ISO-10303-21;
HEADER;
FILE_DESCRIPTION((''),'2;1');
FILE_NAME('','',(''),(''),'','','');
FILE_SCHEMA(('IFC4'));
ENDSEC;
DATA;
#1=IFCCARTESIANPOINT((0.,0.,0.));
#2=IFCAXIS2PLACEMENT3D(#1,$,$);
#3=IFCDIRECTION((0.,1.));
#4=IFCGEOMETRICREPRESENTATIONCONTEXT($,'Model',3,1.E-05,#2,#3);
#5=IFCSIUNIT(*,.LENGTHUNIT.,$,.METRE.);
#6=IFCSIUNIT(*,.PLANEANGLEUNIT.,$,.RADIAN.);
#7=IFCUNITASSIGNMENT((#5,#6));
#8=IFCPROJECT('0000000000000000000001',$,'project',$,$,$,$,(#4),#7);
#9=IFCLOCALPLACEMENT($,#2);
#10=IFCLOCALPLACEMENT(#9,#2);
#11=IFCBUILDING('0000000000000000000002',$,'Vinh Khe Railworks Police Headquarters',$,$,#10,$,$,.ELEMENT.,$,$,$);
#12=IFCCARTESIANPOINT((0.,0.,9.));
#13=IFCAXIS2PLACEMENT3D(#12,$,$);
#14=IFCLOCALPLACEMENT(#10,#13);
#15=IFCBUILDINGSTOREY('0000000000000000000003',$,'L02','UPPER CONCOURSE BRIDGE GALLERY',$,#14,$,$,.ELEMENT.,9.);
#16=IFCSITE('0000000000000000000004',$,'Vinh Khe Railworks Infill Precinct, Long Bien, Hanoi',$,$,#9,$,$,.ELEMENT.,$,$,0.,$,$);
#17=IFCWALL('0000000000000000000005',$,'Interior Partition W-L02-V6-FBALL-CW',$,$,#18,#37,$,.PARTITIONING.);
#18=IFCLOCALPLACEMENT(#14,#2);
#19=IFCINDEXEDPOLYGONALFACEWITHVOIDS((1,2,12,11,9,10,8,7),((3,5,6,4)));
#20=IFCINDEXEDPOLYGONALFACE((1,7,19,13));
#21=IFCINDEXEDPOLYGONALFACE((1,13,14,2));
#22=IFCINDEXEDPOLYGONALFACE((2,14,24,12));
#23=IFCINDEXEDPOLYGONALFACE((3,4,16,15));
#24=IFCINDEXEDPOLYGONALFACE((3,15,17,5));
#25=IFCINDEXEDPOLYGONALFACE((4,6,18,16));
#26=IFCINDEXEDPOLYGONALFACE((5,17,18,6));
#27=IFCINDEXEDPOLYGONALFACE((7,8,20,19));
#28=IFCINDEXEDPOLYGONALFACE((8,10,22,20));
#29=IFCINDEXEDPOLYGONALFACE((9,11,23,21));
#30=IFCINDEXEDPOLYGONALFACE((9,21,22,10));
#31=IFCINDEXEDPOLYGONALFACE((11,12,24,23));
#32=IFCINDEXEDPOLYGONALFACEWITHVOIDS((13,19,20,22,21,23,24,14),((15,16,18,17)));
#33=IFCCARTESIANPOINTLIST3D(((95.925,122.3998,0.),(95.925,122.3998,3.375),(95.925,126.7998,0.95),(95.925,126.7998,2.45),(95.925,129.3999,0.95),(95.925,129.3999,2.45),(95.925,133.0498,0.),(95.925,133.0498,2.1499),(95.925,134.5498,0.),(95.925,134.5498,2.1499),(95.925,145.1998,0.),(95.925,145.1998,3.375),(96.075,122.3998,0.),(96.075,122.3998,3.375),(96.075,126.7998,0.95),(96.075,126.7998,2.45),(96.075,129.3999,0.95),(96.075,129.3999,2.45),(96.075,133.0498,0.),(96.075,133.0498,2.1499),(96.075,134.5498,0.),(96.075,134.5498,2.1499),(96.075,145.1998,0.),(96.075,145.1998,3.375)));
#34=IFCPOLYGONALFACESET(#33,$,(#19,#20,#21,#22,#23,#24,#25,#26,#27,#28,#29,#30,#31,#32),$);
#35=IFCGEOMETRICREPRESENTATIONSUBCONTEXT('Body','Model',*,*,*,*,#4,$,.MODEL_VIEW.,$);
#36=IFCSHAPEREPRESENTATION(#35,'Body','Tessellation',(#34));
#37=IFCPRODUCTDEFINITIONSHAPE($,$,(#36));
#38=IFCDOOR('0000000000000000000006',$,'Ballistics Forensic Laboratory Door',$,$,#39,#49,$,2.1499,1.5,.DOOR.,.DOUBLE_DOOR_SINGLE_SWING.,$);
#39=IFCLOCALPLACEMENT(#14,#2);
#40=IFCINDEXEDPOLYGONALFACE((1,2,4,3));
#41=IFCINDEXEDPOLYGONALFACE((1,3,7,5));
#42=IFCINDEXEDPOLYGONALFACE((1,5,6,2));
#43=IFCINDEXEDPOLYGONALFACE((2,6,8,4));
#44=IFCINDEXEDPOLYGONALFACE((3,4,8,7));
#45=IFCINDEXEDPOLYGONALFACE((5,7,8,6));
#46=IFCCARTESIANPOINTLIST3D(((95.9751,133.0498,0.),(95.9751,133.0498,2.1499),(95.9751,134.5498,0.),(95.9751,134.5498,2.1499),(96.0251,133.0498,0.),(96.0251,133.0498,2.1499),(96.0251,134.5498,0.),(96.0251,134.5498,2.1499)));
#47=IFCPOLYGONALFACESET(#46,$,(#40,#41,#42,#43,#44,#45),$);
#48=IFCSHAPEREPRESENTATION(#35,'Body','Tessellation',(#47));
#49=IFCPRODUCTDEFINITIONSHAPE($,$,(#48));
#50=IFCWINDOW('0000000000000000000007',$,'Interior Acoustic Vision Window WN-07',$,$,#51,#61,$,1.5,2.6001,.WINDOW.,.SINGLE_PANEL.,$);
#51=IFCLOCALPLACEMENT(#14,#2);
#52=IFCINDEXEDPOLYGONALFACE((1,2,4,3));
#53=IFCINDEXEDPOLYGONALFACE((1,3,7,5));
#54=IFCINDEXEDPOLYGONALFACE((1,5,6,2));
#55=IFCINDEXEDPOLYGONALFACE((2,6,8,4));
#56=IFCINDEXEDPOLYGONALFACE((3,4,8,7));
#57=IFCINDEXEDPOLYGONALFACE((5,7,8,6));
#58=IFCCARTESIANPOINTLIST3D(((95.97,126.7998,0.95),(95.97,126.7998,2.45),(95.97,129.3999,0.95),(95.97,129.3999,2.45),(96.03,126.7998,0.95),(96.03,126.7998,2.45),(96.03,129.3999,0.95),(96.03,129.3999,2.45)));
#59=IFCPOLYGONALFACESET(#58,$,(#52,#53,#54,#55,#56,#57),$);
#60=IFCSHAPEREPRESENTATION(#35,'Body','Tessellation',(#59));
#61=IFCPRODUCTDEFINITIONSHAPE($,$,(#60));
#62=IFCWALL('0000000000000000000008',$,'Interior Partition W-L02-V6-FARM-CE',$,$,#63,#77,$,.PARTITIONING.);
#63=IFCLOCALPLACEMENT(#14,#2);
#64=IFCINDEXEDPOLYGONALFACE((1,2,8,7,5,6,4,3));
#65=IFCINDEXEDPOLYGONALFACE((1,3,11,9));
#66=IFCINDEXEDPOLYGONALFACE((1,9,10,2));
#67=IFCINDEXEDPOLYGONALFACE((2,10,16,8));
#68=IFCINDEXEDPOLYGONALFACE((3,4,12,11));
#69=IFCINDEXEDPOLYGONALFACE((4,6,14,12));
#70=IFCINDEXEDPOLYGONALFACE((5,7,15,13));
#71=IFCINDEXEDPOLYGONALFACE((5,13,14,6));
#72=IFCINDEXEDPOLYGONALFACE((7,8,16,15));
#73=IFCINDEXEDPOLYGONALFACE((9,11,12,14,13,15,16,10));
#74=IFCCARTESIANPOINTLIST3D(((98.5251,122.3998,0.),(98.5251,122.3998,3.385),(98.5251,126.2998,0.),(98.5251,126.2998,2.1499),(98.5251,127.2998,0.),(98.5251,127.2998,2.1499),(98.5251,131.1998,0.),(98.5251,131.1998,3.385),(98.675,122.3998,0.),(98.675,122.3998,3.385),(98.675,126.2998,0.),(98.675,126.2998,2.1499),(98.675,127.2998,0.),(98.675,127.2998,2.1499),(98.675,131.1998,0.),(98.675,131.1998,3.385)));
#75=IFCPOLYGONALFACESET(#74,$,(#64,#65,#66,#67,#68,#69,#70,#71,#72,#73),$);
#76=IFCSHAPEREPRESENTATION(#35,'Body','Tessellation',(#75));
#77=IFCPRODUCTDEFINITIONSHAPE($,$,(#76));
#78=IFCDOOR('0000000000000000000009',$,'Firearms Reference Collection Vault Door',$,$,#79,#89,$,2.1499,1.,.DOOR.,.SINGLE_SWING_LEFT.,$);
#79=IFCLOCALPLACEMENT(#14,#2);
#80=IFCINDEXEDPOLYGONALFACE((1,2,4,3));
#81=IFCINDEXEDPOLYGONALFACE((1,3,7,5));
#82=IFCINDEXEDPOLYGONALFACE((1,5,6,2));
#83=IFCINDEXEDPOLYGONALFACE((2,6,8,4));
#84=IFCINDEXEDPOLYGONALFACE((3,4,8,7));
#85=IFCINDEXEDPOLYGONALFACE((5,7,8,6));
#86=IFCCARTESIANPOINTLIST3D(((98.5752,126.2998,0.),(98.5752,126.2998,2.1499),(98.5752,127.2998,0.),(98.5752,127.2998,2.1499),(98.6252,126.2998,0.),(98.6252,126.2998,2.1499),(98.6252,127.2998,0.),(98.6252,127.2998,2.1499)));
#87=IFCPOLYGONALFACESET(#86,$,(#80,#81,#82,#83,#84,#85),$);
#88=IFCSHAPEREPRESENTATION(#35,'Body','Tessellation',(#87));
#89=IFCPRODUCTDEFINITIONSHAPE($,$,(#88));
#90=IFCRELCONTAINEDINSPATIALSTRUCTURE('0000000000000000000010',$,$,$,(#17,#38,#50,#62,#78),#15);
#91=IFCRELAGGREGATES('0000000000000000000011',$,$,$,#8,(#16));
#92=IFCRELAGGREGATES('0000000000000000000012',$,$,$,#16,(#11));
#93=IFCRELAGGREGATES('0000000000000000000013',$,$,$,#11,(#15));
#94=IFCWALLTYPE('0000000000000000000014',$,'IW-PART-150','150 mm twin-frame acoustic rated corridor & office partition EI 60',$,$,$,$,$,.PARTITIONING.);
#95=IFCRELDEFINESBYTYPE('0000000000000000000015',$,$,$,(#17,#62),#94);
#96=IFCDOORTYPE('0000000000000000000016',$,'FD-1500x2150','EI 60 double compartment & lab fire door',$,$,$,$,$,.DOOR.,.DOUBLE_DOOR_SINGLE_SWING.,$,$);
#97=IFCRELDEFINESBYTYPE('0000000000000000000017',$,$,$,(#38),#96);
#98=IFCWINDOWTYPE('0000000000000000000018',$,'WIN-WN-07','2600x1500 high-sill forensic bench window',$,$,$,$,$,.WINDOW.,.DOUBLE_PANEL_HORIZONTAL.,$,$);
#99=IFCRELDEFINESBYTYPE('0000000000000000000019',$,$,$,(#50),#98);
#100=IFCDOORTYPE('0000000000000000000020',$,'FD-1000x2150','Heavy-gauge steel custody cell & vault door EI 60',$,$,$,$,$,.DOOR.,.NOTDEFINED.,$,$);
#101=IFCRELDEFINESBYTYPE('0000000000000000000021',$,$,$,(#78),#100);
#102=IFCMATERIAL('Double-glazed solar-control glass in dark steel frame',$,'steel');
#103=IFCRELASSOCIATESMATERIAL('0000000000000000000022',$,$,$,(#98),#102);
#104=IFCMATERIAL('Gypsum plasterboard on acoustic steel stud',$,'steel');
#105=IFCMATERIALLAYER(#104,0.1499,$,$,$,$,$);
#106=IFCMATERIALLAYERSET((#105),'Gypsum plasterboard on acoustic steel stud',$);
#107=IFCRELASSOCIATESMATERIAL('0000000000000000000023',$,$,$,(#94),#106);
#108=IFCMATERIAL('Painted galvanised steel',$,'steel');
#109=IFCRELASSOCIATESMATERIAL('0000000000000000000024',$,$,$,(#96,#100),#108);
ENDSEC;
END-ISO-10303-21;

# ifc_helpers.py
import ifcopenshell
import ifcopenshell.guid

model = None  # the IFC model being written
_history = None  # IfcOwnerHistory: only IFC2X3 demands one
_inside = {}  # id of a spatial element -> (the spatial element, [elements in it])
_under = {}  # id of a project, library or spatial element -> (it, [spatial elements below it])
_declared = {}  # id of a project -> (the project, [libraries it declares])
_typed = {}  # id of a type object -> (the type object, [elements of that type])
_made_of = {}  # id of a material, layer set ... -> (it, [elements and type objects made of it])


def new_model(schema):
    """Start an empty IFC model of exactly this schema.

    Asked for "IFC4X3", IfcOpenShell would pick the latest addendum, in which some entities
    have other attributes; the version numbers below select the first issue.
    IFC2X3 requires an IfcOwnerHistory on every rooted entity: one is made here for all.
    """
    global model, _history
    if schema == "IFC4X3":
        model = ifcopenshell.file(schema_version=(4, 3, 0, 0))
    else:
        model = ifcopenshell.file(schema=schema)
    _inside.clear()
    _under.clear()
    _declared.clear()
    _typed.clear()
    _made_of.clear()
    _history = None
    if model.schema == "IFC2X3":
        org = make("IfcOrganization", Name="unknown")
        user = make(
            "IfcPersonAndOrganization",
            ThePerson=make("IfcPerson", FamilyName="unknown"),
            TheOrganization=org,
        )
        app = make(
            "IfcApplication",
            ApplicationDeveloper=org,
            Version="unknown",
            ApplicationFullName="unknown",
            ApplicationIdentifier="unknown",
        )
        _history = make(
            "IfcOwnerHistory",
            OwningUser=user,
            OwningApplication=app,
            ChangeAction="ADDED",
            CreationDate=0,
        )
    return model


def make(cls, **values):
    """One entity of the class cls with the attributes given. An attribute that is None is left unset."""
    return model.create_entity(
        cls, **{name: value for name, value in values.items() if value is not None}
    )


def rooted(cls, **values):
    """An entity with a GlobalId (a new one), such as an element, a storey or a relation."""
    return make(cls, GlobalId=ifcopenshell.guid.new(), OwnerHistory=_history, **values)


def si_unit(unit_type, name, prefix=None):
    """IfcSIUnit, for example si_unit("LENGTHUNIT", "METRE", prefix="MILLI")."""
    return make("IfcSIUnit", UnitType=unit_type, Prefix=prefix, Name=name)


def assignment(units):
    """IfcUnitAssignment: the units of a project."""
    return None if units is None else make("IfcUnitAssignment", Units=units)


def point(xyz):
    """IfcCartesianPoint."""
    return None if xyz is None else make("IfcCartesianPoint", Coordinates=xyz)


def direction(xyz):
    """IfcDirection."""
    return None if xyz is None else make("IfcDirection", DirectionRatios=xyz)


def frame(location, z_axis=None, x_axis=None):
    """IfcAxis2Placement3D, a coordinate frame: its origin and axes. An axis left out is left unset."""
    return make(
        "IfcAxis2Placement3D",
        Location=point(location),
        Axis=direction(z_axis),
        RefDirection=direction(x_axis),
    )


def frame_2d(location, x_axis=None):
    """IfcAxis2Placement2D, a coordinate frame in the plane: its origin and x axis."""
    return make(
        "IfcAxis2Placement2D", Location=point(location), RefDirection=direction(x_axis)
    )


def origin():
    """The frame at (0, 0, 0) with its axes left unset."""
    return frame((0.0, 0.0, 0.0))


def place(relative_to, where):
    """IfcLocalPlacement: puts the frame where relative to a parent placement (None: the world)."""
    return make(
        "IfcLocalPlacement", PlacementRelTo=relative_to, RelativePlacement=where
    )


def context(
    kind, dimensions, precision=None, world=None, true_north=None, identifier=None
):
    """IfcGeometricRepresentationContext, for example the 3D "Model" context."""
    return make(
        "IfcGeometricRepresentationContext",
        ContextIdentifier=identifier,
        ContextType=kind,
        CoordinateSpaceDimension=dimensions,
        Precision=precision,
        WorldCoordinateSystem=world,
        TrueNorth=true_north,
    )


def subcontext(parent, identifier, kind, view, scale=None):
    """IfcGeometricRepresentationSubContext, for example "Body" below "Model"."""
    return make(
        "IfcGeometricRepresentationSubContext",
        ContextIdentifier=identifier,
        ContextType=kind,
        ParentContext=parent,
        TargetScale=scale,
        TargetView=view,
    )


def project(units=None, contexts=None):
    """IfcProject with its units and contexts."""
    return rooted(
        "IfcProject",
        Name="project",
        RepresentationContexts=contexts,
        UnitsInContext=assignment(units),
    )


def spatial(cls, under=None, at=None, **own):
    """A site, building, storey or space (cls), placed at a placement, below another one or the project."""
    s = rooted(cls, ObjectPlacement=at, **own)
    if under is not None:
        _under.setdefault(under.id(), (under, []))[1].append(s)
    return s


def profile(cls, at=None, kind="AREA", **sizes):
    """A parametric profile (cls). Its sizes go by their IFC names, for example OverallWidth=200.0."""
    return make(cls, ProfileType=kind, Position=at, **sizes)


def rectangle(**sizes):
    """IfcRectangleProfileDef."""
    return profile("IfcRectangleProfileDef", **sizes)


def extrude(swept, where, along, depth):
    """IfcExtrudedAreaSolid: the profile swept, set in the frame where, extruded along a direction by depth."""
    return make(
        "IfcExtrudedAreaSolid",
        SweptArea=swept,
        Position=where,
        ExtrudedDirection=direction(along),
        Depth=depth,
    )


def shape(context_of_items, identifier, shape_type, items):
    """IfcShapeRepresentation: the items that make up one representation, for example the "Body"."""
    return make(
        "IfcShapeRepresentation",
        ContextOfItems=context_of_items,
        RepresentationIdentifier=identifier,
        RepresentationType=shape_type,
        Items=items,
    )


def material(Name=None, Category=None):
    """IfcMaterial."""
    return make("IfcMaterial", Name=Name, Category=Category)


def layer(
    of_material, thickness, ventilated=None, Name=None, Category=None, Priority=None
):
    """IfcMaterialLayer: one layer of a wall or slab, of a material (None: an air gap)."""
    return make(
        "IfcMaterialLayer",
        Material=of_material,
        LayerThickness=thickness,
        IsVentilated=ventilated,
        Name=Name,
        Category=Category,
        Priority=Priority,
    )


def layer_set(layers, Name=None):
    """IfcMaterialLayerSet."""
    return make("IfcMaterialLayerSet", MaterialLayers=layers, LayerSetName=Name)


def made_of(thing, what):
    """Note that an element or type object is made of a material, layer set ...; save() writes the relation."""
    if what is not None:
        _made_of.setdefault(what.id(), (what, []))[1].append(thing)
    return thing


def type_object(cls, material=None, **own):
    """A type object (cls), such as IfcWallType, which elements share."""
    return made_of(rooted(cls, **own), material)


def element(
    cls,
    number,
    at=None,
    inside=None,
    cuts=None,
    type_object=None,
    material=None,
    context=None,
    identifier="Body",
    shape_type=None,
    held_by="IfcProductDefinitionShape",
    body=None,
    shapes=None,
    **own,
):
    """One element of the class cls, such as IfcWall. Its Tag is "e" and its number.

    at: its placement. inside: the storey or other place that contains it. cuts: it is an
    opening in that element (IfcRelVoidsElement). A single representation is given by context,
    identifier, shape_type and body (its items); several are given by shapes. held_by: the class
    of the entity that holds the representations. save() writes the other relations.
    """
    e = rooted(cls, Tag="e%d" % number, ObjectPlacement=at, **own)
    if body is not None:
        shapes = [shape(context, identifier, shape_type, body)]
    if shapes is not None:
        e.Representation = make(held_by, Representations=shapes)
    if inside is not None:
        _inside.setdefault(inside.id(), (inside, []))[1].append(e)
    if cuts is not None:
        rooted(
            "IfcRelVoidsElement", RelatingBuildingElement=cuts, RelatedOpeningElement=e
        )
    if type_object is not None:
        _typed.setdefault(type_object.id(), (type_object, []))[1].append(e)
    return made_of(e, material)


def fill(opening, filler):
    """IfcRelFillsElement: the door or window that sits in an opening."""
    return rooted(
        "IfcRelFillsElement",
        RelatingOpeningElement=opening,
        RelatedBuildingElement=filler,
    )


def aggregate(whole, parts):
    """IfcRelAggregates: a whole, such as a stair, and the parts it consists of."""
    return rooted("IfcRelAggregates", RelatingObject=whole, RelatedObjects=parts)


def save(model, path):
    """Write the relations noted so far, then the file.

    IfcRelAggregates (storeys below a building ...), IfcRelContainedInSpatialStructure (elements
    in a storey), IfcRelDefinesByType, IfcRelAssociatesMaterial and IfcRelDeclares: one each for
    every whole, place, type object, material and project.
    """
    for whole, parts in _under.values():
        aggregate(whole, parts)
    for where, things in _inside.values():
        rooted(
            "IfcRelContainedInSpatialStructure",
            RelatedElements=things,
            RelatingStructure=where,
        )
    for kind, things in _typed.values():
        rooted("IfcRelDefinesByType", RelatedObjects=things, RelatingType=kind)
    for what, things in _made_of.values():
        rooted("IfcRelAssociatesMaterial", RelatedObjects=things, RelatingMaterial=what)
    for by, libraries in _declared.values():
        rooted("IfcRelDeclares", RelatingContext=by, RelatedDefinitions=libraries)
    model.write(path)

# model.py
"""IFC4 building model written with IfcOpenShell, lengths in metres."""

from ifc_helpers import new_model, si_unit, direction, frame, frame_2d, origin, place, context, subcontext, project, spatial, rectangle, extrude, material, layer, layer_set, type_object, element, fill, save


model = new_model("IFC4")

# Units and contexts
model_context = context("Model", 3, precision=1e-05, world=origin(), true_north=direction((0.0, 1.0)))
body_context = subcontext(model_context, "Body", "Model", "MODEL_VIEW")
ifc_project = project(units=[si_unit("LENGTHUNIT", "METRE"), si_unit("PLANEANGLEUNIT", "RADIAN")], contexts=[model_context])

# Site, building, storey
site_placement = place(None, origin())
site = spatial("IfcSite", under=ifc_project, at=site_placement, Name="Vinh Khe Railworks Infill Precinct, Long Bien, Hanoi", CompositionType="ELEMENT", RefElevation=0.0)
building_placement = place(site_placement, origin())
building = spatial("IfcBuilding", under=site, at=building_placement, Name="Vinh Khe Railworks Police Headquarters", CompositionType="ELEMENT")
storey_placement = place(building_placement, frame((0.0, 0.0, 9.0)))
storey = spatial("IfcBuildingStorey", under=building, at=storey_placement, Name="L02", Description="UPPER CONCOURSE BRIDGE GALLERY", CompositionType="ELEMENT", Elevation=9.0)

# Shared definitions
ifc_material_1 = material(Name="Double-glazed solar-control glass in dark steel frame", Category="steel")
window_type = type_object("IfcWindowType", Name="WIN-WN-07", Description="2600x1500 high-sill forensic bench window", PartitioningType="DOUBLE_PANEL_HORIZONTAL", PredefinedType="WINDOW", material=ifc_material_1)

# Wall, openings, door, window
ifc_material_2 = material(Name="Gypsum plasterboard on acoustic steel stud", Category="steel")
ifc_layer_1 = layer(ifc_material_2, 0.1499)
ifc_layer_set_1 = layer_set([ifc_layer_1], Name="Gypsum plasterboard on acoustic steel stud")
wall_type_1 = type_object("IfcWallType", Name="IW-PART-150", Description="150 mm twin-frame acoustic rated corridor & office partition EI 60", PredefinedType="PARTITIONING", material=ifc_layer_set_1)
wall_1_placement = place(storey_placement, frame((96.0, 122.3999, 0.0), z_axis=(0.0, 0.0, 1.0), x_axis=(0.0, 1.0, 0.0)))
wall_1 = element("IfcWall", 1, at=wall_1_placement, inside=storey, type_object=wall_type_1, Name="Interior Partition W-L02-V6-FBALL-CW", PredefinedType="PARTITIONING", context=body_context, shape_type="SweptSolid", body=[
    extrude(rectangle(XDim=22.8, YDim=0.1499, at=frame_2d((11.3999, 0.0))), origin(), (0.0, 0.0, 1.0), 3.375),
])
opening_1_placement = place(wall_1_placement, frame((10.6499, 0.0, 0.0)))
opening_1 = element("IfcOpeningElement", 2, at=opening_1_placement, cuts=wall_1, PredefinedType="OPENING", context=body_context, shape_type="SweptSolid", body=[
    extrude(rectangle(XDim=1.5, YDim=2.1499, at=frame_2d((0.75, 1.075))), frame((0.0, 0.0898, 0.0), z_axis=(0.0, -1.0, 0.0), x_axis=(1.0, 0.0, 0.0)), (0.0, 0.0, 1.0), 0.1797),
])
opening_2_placement = place(wall_1_placement, frame((4.3999, 0.0, 0.95)))
opening_2 = element("IfcOpeningElement", 3, at=opening_2_placement, cuts=wall_1, PredefinedType="OPENING", context=body_context, shape_type="SweptSolid", body=[
    extrude(rectangle(XDim=2.6001, YDim=1.5, at=frame_2d((1.3, 0.75))), frame((0.0, 0.0898, 0.0), z_axis=(0.0, -1.0, 0.0), x_axis=(1.0, 0.0, 0.0)), (0.0, 0.0, 1.0), 0.1797),
])
ifc_material_3 = material(Name="Painted galvanised steel", Category="steel")
door_type_1 = type_object("IfcDoorType", Name="FD-1500x2150", Description="EI 60 double compartment & lab fire door", OperationType="DOUBLE_DOOR_SINGLE_SWING", PredefinedType="DOOR", material=ifc_material_3)
door_1_placement = place(opening_1_placement, origin())
door_1 = element("IfcDoor", 4, at=door_1_placement, inside=storey, type_object=door_type_1, Name="Ballistics Forensic Laboratory Door", OperationType="DOUBLE_DOOR_SINGLE_SWING", OverallHeight=2.1499, OverallWidth=1.5, PredefinedType="DOOR", context=body_context, shape_type="SweptSolid", body=[
    extrude(rectangle(XDim=1.5, YDim=2.1499, at=frame_2d((0.75, 1.075))), frame((0.0, 0.0249, 0.0), z_axis=(0.0, -1.0, 0.0), x_axis=(1.0, 0.0, 0.0)), (0.0, 0.0, 1.0), 0.05),
])
fill(opening_1, door_1)
window_1_placement = place(opening_2_placement, origin())
window_1 = element("IfcWindow", 5, at=window_1_placement, inside=storey, type_object=window_type, Name="Interior Acoustic Vision Window WN-07", OverallHeight=1.5, OverallWidth=2.6001, PartitioningType="SINGLE_PANEL", PredefinedType="WINDOW", context=body_context, shape_type="SweptSolid", body=[
    extrude(rectangle(XDim=2.6001, YDim=1.5, at=frame_2d((1.3, 0.75))), frame((0.0, 0.03, 0.0), z_axis=(0.0, -1.0, 0.0), x_axis=(1.0, 0.0, 0.0)), (0.0, 0.0, 1.0), 0.0601),
])
fill(opening_2, window_1)

# Wall, opening, door
wall_2_placement = place(storey_placement, frame((98.6001, 122.3999, 0.0), z_axis=(0.0, 0.0, 1.0), x_axis=(0.0, 1.0, 0.0)))
wall_2 = element("IfcWall", 6, at=wall_2_placement, inside=storey, type_object=wall_type_1, Name="Interior Partition W-L02-V6-FARM-CE", PredefinedType="PARTITIONING", context=body_context, shape_type="SweptSolid", body=[
    extrude(rectangle(XDim=8.8, YDim=0.1499, at=frame_2d((4.3999, 0.0))), origin(), (0.0, 0.0, 1.0), 3.385),
])
opening_3_placement = place(wall_2_placement, frame((3.8999, 0.0, 0.0)))
opening_3 = element("IfcOpeningElement", 7, at=opening_3_placement, cuts=wall_2, PredefinedType="OPENING", context=body_context, shape_type="SweptSolid", body=[
    extrude(rectangle(XDim=1.0, YDim=2.1499, at=frame_2d((0.5, 1.075))), frame((0.0, 0.0898, 0.0), z_axis=(0.0, -1.0, 0.0), x_axis=(1.0, 0.0, 0.0)), (0.0, 0.0, 1.0), 0.1797),
])
door_type_2 = type_object("IfcDoorType", Name="FD-1000x2150", Description="Heavy-gauge steel custody cell & vault door EI 60", OperationType="NOTDEFINED", PredefinedType="DOOR", material=ifc_material_3)
door_2_placement = place(opening_3_placement, origin())
door_2 = element("IfcDoor", 8, at=door_2_placement, inside=storey, type_object=door_type_2, Name="Firearms Reference Collection Vault Door", OperationType="SINGLE_SWING_LEFT", OverallHeight=2.1499, OverallWidth=1.0, PredefinedType="DOOR", context=body_context, shape_type="SweptSolid", body=[
    extrude(rectangle(XDim=1.0, YDim=2.1499, at=frame_2d((0.5, 1.075))), frame((0.0, 0.0249, 0.0), z_axis=(0.0, -1.0, 0.0), x_axis=(1.0, 0.0, 0.0)), (0.0, 0.0, 1.0), 0.05),
])
fill(opening_3, door_2)

save(model, "model.ifc")
